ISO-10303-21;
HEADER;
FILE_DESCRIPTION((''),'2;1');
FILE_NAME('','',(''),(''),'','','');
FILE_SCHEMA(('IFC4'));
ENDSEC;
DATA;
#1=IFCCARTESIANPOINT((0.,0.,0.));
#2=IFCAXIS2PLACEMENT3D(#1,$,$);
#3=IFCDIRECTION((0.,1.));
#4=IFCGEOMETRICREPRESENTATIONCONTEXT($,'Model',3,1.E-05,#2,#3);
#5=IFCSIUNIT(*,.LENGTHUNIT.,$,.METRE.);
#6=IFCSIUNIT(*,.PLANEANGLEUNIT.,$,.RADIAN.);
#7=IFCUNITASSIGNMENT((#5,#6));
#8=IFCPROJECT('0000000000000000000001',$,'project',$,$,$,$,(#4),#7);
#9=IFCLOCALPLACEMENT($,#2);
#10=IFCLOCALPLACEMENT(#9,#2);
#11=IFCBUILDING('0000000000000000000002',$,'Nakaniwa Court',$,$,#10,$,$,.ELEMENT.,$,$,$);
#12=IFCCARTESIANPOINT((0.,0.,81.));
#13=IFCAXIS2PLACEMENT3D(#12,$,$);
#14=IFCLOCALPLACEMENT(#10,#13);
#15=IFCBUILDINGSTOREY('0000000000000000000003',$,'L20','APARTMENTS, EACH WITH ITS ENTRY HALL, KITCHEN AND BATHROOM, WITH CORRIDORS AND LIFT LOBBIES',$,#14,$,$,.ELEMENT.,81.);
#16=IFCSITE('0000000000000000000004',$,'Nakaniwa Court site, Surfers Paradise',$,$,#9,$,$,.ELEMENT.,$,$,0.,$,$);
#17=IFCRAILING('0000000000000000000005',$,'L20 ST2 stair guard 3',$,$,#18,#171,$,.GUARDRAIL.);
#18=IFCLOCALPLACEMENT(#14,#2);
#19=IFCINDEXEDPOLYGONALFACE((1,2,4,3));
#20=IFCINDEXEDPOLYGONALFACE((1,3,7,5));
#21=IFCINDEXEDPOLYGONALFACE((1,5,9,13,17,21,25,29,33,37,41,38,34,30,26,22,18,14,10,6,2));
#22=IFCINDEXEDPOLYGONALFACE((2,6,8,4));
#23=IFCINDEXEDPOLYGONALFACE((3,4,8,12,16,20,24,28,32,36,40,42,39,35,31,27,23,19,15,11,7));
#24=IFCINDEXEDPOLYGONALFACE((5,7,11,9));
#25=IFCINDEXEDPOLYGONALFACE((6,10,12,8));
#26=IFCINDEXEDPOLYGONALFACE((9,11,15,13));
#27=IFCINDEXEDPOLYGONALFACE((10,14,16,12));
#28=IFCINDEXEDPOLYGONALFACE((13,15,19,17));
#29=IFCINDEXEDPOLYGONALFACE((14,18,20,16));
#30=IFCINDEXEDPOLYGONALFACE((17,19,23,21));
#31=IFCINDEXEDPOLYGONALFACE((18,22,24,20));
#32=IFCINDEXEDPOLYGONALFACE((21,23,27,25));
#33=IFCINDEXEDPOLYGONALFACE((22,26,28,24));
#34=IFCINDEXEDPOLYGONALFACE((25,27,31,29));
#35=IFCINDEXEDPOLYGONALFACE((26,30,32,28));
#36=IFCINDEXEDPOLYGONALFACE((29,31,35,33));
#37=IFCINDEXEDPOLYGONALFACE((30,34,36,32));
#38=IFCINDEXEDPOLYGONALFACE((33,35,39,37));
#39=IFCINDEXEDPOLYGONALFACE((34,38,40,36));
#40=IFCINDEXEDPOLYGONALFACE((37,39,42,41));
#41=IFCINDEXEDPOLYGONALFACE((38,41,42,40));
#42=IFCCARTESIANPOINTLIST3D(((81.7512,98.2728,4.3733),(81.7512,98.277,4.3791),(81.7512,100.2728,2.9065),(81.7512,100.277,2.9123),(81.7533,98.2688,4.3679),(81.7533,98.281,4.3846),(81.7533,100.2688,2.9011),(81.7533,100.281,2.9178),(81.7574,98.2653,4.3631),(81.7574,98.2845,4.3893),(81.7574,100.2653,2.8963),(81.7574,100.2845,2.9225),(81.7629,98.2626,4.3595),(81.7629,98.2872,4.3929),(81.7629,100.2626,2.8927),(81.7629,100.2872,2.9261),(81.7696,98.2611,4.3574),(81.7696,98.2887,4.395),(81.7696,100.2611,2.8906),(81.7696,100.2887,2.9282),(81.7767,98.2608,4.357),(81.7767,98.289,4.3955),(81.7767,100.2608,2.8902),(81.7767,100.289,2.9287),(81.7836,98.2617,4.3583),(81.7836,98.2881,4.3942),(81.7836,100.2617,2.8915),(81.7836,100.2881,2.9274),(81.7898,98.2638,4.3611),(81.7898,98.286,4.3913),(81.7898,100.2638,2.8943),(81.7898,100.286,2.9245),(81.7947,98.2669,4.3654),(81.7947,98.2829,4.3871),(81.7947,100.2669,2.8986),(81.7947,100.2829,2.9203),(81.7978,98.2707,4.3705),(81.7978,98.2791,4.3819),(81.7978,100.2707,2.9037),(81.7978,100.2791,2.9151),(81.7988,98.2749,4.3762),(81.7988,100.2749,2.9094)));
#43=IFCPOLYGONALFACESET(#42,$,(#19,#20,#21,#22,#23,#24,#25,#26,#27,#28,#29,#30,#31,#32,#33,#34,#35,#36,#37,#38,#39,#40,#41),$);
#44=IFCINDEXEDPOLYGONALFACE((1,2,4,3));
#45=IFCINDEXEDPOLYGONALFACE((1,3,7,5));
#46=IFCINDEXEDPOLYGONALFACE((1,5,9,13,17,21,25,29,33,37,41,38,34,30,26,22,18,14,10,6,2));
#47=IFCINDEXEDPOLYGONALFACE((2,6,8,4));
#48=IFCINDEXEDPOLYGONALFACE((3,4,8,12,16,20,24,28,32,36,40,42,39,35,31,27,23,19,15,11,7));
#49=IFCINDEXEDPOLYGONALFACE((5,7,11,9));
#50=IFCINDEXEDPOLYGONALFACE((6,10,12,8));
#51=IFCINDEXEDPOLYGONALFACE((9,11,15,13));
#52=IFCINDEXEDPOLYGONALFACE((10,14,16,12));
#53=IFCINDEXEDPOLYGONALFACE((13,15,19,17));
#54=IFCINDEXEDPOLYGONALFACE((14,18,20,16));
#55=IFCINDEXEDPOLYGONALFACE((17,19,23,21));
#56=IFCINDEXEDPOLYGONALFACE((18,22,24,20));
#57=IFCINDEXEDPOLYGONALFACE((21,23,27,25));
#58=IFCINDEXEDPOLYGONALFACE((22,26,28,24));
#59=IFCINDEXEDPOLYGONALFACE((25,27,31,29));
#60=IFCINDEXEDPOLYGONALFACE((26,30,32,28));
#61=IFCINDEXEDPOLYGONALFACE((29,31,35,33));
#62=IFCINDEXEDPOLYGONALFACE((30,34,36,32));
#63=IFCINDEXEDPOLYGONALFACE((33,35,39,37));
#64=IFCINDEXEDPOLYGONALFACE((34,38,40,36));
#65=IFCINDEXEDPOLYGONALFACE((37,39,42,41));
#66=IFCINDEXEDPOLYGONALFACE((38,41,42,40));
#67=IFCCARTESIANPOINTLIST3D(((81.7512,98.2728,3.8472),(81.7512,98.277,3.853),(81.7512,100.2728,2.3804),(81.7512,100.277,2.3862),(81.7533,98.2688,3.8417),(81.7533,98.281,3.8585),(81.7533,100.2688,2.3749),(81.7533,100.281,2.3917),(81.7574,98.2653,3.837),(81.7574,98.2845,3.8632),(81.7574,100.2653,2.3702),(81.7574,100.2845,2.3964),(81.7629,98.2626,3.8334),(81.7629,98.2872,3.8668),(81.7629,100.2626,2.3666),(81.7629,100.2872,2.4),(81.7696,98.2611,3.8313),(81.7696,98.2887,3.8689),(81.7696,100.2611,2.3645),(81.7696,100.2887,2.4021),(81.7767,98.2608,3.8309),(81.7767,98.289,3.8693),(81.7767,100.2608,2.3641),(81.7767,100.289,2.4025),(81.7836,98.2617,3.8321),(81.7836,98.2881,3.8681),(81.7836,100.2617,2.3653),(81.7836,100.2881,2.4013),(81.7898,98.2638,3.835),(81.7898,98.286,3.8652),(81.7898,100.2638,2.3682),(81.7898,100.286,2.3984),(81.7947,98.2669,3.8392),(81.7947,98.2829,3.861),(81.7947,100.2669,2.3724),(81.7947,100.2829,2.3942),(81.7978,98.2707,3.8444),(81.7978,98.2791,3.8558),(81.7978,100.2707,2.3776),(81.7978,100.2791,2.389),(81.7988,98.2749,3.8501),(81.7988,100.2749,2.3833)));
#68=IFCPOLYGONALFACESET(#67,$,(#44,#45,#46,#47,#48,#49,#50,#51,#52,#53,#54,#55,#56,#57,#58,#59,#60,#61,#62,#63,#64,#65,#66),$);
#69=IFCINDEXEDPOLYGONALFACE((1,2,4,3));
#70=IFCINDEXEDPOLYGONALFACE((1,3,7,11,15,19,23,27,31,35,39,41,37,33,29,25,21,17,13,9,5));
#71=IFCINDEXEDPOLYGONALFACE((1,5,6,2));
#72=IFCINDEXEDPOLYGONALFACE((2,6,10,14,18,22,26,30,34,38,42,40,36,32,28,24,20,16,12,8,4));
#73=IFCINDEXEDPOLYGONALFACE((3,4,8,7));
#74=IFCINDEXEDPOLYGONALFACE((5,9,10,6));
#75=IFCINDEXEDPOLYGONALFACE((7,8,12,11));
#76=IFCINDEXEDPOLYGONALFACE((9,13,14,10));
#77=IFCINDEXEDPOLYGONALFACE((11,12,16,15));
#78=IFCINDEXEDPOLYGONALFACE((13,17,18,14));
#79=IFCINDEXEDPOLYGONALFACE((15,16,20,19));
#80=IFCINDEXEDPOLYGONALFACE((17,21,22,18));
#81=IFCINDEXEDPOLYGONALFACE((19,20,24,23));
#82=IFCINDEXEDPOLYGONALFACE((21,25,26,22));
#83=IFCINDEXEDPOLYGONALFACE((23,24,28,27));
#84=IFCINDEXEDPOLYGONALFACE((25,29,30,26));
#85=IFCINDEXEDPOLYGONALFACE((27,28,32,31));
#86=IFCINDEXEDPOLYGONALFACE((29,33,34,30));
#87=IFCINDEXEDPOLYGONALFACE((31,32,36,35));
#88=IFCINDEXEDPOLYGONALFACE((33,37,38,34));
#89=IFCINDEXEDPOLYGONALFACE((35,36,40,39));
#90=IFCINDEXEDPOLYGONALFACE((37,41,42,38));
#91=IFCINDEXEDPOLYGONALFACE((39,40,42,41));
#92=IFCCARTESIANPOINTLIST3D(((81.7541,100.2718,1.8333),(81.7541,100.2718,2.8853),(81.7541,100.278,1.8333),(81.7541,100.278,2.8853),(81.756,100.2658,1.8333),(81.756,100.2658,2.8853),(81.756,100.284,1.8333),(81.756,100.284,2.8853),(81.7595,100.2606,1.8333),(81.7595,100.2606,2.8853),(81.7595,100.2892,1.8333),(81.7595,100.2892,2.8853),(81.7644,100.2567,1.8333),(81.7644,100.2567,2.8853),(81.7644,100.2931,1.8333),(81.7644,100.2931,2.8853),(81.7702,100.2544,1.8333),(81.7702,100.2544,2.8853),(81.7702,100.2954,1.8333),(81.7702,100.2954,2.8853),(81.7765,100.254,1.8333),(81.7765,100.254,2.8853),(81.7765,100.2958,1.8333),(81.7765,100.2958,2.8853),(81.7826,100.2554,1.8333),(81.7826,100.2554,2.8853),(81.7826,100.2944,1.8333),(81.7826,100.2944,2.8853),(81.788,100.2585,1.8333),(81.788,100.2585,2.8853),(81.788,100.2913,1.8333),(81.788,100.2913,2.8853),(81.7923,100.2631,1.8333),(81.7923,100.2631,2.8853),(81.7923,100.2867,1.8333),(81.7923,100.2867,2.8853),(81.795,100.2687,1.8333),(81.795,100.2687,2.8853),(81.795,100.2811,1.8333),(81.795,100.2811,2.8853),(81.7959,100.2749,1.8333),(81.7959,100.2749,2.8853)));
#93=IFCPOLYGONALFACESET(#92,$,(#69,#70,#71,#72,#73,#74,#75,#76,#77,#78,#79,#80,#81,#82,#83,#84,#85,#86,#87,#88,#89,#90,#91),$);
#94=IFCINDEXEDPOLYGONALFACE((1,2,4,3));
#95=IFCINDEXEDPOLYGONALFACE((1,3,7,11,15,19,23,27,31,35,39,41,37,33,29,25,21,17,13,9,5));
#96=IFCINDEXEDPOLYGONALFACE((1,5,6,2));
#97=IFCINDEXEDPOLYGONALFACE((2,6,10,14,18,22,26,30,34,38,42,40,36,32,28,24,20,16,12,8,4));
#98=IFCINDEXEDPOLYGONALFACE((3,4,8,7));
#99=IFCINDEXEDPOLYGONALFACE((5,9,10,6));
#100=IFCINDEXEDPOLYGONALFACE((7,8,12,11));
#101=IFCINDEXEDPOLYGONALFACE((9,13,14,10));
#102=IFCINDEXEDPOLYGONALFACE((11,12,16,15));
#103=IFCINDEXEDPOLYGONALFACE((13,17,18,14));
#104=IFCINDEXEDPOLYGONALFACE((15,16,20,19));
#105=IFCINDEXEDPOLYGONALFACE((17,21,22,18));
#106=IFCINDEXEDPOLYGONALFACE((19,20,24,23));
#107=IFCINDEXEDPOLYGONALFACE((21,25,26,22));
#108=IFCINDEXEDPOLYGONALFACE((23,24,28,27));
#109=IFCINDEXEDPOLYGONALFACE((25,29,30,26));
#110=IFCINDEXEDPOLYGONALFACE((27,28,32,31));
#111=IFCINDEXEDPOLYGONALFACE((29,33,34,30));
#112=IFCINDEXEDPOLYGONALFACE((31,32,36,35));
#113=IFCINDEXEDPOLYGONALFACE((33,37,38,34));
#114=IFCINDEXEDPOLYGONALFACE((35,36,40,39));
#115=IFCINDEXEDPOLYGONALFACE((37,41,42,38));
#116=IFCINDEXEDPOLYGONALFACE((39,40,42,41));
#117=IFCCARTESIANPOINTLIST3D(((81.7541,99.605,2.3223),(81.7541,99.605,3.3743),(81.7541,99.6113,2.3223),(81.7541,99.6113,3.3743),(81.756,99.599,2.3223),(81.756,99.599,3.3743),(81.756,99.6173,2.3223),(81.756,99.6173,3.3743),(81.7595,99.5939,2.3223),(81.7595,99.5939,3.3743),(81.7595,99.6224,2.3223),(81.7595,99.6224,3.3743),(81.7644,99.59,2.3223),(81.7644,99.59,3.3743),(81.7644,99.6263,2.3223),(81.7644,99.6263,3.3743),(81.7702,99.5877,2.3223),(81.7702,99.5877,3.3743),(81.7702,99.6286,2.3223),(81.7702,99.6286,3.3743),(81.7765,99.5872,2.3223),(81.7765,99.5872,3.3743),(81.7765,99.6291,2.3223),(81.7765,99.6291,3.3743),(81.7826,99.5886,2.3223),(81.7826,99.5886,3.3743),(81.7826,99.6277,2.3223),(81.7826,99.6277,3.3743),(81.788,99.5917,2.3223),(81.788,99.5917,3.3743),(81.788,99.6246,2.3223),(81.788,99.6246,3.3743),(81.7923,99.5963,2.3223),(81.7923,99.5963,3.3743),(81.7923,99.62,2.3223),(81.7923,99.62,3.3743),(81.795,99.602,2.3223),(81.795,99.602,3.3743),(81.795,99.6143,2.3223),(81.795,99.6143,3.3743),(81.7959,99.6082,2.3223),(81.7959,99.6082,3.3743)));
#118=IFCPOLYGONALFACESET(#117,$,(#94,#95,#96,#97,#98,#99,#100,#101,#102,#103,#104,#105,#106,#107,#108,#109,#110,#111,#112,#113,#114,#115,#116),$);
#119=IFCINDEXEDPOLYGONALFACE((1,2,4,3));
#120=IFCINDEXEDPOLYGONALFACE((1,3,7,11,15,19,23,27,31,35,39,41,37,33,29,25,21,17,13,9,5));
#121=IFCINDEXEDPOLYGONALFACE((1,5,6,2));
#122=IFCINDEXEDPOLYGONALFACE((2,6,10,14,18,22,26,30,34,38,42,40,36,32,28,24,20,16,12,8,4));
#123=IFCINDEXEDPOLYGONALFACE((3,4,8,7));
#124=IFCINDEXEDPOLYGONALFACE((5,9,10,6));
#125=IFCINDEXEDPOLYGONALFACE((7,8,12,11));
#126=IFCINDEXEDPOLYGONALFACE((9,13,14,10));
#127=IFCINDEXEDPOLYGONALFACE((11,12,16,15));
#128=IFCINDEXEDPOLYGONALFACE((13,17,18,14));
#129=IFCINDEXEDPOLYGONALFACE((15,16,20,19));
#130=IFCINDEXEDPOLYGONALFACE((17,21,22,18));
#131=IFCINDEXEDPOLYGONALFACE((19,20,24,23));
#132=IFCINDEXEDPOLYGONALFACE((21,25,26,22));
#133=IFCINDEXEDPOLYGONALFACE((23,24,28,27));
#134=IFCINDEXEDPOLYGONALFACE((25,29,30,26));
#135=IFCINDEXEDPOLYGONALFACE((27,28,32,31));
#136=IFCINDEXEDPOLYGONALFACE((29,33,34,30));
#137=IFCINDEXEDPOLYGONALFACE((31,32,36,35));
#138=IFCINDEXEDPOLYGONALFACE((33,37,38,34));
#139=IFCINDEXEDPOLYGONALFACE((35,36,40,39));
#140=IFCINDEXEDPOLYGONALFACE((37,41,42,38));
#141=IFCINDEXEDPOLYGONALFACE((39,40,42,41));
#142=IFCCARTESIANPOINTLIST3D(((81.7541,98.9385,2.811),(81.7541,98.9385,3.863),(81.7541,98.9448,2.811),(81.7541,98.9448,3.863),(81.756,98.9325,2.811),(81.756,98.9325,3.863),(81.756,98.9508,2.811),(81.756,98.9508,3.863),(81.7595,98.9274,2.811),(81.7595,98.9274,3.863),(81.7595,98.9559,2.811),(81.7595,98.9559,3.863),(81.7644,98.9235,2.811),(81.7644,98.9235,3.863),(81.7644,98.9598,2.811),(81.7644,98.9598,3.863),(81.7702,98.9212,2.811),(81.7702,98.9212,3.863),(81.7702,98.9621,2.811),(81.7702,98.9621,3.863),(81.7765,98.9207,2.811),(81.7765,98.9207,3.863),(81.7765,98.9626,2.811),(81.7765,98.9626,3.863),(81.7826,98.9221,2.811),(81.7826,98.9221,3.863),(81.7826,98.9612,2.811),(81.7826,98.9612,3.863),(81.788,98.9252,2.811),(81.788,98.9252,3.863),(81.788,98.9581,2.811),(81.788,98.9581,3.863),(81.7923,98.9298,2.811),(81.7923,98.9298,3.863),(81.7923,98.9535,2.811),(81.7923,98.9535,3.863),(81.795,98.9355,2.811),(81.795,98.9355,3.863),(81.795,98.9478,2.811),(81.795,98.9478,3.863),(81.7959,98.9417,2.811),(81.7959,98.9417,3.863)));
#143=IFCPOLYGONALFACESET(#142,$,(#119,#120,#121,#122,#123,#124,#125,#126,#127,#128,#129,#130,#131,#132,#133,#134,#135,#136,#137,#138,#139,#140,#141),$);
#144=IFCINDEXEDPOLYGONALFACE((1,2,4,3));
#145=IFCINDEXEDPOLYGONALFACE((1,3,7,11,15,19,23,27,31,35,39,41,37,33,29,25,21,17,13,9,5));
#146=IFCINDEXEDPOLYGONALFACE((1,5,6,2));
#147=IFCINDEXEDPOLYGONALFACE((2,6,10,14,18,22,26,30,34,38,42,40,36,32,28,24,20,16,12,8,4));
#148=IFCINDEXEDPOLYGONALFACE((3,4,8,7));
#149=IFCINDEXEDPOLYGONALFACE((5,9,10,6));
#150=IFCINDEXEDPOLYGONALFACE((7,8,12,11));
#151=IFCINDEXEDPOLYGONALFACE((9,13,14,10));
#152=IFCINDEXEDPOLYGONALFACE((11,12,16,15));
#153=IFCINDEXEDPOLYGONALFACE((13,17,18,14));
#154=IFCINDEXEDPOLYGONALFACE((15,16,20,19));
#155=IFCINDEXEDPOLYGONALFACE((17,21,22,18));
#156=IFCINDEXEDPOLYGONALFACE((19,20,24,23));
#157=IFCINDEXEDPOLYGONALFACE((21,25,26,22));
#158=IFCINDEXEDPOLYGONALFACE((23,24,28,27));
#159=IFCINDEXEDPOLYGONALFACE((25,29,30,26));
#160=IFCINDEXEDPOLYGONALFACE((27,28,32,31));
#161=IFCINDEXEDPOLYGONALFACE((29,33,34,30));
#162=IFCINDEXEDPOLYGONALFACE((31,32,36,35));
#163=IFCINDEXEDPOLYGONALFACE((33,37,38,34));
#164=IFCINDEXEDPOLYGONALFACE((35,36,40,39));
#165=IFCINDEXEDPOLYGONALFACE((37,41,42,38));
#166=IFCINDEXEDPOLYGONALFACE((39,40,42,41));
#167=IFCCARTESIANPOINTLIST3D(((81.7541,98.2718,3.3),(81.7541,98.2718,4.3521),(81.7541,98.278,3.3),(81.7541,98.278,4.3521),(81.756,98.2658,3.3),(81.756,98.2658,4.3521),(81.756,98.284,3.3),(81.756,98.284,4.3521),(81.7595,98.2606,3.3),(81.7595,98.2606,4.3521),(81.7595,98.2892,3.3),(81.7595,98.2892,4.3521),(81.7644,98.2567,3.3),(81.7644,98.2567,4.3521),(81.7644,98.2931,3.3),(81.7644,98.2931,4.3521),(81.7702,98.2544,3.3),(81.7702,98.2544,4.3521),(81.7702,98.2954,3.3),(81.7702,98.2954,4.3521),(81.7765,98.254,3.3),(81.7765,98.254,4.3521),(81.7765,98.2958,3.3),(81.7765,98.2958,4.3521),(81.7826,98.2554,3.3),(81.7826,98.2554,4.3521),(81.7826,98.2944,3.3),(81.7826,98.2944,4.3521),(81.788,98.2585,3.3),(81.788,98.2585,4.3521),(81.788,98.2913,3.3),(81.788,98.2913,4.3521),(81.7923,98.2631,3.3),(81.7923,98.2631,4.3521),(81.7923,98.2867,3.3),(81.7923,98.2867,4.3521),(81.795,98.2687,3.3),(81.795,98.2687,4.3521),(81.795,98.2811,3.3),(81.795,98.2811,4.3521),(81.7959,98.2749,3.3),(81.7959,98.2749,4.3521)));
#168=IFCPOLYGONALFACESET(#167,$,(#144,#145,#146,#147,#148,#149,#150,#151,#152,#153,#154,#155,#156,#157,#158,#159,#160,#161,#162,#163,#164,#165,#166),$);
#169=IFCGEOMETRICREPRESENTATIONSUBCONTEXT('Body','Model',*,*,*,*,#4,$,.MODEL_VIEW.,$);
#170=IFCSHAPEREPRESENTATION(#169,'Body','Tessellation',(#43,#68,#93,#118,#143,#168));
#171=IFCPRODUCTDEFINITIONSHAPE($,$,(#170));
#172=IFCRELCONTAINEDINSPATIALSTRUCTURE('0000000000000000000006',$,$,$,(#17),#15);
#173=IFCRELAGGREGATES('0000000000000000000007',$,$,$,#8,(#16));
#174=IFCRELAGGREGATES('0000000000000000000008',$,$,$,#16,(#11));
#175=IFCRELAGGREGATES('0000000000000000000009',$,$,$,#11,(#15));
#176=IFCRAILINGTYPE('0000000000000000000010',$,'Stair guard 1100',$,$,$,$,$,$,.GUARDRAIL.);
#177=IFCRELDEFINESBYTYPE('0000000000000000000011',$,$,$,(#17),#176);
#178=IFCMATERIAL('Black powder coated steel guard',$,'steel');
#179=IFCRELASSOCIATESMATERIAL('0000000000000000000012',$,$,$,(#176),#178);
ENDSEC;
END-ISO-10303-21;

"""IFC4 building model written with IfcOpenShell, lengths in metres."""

from ifc_helpers import new_model, si_unit, direction, frame, origin, origin_2d, place, context, subcontext, project, spatial, circle, extrude, material, type_object, element, save


model = new_model("IFC4")

# Units and contexts
model_context = context("Model", 3, precision=1e-05, world=origin(), true_north=direction((0.0, 1.0)))
body_context = subcontext(model_context, "Body", "Model", "MODEL_VIEW")
ifc_project = project(units=[si_unit("LENGTHUNIT", "METRE"), si_unit("PLANEANGLEUNIT", "RADIAN")], contexts=[model_context])

# Site, building, storey
site_placement = place(None, origin())
site = spatial("IfcSite", under=ifc_project, at=site_placement, Name="Nakaniwa Court site, Surfers Paradise", CompositionType="ELEMENT", RefElevation=0.0)
building_placement = place(site_placement, origin())
building = spatial("IfcBuilding", under=site, at=building_placement, Name="Nakaniwa Court", CompositionType="ELEMENT")
storey_placement = place(building_placement, frame((0.0, 0.0, 81.0)))
storey = spatial("IfcBuildingStorey", under=building, at=storey_placement, Name="L20", Description="APARTMENTS, EACH WITH ITS ENTRY HALL, KITCHEN AND BATHROOM, WITH CORRIDORS AND LIFT LOBBIES", CompositionType="ELEMENT", Elevation=81.0)

# Railing
ifc_material_1 = material(Name="Black powder coated steel guard", Category="steel")
railing_type_1 = type_object("IfcRailingType", Name="Stair guard 1100", PredefinedType="GUARDRAIL", material=ifc_material_1)
railing_1_placement = place(storey_placement, frame((81.7749, 100.2749, 1.8333)))
element("IfcRailing", 1, at=railing_1_placement, inside=storey, type_object=railing_type_1, Name="L20 ST2 stair guard 3", PredefinedType="GUARDRAIL", context=body_context, shape_type="SweptSolid", body=[
    extrude(circle(Radius=0.0239, at=origin_2d()), frame((0.0, 0.0, 1.0762), z_axis=(0.0, -0.80638, 0.591398), x_axis=(1.0, 0.0, 0.0)), (0.0, 0.0, 1.0), 2.4802),
    extrude(circle(Radius=0.0239, at=origin_2d()), frame((0.0, 0.0, 0.55), z_axis=(0.0, -0.80638, 0.591398), x_axis=(1.0, 0.0, 0.0)), (0.0, 0.0, 1.0), 2.4802),
    extrude(circle(Radius=0.021, at=origin_2d()), origin(), (0.0, 0.0, 1.0), 1.052),
    extrude(circle(Radius=0.021, at=origin_2d()), frame((0.0, -0.6667, 0.489)), (0.0, 0.0, 1.0), 1.052),
    extrude(circle(Radius=0.021, at=origin_2d()), frame((0.0, -1.3333, 0.9778)), (0.0, 0.0, 1.0), 1.052),
    extrude(circle(Radius=0.021, at=origin_2d()), frame((0.0, -2.0, 1.4668)), (0.0, 0.0, 1.0), 1.052),
])

save(model, "model.ifc")
